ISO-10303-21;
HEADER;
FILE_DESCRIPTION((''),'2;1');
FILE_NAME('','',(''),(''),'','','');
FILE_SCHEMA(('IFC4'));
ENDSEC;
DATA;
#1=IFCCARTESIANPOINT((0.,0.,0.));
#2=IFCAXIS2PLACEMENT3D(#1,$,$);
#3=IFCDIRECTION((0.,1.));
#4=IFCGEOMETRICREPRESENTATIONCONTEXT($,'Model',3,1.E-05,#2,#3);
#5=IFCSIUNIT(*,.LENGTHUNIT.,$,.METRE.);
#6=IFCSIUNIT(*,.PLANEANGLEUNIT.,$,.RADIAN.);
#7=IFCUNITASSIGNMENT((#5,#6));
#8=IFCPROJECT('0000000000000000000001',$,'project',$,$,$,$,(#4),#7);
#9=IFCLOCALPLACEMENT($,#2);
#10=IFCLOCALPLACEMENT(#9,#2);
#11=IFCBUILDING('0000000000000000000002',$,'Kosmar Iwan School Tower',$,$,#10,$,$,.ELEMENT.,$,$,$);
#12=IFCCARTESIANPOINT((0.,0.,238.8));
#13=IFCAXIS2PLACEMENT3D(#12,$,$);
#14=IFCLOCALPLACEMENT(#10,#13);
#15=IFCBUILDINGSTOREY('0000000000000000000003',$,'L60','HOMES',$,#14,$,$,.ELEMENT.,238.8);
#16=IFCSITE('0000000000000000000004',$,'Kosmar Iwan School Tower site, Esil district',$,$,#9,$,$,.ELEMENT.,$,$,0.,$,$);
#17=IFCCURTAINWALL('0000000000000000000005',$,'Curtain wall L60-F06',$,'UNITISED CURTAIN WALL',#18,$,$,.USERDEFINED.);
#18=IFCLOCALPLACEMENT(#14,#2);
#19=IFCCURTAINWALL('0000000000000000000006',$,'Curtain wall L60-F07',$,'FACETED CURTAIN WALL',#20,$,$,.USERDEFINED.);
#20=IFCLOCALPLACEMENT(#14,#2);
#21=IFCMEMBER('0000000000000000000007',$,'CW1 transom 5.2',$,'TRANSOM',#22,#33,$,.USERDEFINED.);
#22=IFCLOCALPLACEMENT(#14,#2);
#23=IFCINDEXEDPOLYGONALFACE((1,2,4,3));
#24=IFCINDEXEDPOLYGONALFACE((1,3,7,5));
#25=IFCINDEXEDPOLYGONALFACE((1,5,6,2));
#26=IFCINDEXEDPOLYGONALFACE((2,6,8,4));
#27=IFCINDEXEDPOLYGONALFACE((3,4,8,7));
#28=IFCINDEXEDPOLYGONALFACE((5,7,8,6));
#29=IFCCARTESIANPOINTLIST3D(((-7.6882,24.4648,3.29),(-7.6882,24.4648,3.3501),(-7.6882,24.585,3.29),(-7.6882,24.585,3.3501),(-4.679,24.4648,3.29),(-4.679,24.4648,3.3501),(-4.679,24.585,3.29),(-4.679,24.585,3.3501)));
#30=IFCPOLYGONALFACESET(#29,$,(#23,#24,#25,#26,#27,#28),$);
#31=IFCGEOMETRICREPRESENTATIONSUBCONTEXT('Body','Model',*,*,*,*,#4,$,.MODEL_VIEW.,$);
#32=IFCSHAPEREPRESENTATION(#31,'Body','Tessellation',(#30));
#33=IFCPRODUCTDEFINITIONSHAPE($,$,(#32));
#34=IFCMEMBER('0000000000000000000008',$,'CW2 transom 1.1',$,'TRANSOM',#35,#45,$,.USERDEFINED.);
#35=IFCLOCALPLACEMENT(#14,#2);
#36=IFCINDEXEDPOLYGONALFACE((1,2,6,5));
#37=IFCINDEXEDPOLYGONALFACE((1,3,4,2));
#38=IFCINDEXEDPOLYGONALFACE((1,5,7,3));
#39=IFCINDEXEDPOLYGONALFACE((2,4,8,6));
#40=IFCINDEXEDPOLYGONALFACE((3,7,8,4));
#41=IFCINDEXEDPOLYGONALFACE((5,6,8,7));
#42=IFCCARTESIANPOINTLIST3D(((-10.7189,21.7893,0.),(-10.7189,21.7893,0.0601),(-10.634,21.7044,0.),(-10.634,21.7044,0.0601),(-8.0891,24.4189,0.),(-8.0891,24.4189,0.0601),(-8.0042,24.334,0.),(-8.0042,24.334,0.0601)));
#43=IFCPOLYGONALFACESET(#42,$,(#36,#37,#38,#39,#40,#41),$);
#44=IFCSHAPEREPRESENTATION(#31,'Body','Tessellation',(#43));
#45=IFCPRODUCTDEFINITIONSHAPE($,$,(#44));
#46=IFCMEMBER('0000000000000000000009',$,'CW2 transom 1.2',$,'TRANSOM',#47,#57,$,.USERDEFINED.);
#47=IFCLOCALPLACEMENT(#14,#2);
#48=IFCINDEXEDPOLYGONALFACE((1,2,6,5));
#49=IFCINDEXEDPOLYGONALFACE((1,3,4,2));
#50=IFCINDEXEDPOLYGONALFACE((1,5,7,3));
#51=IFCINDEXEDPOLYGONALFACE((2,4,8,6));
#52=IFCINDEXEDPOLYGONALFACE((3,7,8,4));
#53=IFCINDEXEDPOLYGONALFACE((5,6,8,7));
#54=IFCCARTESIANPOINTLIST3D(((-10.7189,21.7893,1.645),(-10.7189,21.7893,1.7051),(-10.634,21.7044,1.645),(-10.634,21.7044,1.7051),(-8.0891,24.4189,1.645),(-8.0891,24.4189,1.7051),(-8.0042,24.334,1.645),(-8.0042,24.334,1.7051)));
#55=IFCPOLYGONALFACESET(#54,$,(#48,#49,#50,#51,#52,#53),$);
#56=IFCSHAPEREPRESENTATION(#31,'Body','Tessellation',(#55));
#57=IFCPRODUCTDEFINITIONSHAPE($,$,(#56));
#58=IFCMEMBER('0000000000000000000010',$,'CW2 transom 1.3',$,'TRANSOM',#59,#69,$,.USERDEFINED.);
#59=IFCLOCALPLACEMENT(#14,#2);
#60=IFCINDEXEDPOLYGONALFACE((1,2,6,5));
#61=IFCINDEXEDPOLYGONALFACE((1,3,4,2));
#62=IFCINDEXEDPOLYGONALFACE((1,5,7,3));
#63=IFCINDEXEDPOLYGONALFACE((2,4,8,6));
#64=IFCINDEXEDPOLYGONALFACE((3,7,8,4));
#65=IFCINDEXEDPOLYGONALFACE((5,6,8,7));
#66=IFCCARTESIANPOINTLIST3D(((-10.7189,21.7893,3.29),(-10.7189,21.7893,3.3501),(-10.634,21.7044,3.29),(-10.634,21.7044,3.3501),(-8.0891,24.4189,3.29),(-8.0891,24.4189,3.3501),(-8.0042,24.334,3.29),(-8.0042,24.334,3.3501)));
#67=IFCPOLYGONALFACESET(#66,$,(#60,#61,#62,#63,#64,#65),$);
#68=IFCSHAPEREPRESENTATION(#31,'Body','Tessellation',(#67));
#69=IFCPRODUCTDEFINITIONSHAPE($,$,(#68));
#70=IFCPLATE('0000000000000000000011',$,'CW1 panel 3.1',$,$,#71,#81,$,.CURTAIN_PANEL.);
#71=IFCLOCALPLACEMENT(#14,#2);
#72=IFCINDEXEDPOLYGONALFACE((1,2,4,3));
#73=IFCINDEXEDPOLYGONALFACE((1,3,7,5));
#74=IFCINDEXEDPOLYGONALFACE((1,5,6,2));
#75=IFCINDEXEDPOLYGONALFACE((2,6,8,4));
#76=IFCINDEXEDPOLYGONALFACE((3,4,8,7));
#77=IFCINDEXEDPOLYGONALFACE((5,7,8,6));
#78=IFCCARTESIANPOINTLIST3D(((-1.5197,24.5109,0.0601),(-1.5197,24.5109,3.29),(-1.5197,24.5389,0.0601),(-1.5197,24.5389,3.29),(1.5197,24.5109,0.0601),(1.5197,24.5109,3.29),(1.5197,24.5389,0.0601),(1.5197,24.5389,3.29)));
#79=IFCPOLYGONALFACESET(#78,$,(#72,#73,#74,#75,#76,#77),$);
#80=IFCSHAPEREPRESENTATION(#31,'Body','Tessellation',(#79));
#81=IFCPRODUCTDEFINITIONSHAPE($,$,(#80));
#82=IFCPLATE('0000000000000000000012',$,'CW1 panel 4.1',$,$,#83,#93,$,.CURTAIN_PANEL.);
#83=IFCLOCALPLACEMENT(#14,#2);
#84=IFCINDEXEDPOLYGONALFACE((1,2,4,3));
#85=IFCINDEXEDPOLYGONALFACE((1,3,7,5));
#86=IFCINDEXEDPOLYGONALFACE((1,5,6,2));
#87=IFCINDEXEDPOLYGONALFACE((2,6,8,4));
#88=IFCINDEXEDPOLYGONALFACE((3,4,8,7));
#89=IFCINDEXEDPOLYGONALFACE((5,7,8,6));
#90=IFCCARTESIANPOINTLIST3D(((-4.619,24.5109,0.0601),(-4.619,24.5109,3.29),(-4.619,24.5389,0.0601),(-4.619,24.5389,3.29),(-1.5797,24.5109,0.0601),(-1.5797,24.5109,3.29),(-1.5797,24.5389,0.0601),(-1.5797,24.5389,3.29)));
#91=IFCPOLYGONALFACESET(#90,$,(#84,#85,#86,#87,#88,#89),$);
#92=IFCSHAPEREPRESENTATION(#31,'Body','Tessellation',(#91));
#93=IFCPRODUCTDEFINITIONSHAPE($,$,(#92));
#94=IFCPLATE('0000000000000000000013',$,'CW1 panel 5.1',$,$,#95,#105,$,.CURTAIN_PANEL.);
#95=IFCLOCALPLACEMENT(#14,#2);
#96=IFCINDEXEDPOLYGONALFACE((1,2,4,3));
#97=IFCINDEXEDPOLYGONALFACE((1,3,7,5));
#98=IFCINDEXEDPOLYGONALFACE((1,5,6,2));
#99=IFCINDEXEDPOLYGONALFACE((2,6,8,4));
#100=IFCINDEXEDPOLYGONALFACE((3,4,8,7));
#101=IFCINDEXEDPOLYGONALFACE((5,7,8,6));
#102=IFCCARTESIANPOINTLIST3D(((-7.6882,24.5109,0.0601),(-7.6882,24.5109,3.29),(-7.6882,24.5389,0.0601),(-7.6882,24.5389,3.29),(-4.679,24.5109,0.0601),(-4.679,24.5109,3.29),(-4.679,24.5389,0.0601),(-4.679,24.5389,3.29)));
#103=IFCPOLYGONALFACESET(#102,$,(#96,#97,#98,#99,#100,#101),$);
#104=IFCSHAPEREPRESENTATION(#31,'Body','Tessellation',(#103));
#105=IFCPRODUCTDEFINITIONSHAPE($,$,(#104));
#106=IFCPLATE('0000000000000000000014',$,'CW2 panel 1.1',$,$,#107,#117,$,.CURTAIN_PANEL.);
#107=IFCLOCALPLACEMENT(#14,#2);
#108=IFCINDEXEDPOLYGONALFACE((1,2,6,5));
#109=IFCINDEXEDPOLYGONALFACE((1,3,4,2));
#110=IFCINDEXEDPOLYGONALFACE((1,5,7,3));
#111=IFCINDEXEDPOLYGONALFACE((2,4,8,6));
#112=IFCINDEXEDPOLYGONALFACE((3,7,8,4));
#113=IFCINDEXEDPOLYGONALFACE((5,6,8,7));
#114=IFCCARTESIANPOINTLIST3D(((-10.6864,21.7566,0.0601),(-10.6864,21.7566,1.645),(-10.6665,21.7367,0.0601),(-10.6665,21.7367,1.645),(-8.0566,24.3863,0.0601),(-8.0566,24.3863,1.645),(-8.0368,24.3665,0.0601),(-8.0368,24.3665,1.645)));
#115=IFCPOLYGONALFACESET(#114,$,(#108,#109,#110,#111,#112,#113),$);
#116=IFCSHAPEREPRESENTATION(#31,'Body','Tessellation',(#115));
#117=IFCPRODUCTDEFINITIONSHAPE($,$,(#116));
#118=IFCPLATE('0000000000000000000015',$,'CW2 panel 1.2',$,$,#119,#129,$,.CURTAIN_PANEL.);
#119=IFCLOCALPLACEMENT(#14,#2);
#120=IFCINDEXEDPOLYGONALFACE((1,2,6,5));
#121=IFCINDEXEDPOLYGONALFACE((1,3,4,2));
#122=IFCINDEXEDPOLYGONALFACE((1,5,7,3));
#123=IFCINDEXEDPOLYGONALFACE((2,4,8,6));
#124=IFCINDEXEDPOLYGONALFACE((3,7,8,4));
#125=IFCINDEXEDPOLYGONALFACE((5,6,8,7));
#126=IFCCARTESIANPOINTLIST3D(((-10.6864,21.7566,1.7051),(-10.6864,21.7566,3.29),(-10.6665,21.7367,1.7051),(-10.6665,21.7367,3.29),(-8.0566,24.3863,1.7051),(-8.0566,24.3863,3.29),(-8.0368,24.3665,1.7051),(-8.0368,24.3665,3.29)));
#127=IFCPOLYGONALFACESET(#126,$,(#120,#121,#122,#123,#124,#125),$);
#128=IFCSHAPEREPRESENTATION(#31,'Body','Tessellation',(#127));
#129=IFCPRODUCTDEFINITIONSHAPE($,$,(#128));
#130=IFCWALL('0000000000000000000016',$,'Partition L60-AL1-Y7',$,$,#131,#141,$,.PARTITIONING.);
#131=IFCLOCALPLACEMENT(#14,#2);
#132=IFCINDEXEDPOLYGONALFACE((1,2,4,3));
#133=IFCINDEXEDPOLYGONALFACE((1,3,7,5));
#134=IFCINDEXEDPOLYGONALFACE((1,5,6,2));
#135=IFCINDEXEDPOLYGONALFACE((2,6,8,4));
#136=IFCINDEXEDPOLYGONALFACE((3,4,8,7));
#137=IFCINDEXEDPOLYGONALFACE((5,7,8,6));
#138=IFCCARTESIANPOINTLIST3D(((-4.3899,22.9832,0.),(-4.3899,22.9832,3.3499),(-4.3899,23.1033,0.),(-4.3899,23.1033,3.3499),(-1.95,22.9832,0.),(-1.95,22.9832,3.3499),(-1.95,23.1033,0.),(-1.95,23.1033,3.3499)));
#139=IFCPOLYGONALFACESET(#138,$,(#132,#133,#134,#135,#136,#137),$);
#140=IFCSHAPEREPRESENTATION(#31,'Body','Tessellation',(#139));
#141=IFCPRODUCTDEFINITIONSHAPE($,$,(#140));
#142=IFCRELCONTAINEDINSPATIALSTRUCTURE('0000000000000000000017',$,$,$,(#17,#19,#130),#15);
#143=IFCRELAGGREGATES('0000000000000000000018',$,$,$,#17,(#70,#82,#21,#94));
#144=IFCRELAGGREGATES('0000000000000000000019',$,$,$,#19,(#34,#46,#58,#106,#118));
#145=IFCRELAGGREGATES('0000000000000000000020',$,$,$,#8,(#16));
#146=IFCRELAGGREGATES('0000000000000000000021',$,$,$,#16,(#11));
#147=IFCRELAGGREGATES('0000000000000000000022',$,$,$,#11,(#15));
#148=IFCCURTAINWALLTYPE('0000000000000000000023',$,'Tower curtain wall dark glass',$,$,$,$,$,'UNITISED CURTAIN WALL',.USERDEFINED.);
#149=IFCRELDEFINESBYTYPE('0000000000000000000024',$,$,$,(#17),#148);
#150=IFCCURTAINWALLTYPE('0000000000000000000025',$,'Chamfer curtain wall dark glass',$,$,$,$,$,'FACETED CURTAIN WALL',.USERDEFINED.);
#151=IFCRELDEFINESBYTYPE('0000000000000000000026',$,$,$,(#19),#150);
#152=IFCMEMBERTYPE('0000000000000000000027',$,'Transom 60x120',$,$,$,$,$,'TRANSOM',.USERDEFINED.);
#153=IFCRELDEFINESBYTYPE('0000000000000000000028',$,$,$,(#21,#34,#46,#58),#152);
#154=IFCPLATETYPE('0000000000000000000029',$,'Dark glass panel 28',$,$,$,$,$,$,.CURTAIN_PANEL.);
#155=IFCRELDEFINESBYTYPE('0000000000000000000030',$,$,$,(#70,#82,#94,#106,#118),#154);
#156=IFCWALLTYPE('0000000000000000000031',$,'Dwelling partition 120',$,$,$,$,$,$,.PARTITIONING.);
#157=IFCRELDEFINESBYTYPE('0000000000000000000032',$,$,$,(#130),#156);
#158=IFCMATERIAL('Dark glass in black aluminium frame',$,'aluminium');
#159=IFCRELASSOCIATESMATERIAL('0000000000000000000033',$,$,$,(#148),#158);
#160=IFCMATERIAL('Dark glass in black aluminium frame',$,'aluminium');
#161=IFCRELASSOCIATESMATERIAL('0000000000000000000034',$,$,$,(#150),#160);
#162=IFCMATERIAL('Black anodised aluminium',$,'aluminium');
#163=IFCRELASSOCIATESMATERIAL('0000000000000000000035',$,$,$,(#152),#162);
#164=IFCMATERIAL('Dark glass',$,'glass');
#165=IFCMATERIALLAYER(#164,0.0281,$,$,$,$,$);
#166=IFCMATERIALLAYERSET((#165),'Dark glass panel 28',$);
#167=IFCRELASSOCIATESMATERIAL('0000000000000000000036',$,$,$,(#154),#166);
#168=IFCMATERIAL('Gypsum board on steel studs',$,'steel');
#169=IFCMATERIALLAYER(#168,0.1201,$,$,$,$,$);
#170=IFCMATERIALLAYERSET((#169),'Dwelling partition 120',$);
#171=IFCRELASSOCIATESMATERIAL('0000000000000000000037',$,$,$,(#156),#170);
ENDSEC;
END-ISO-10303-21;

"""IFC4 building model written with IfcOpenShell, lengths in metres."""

from ifc_helpers import new_model, si_unit, direction, frame, frame_2d, origin, origin_2d, place, context, subcontext, project, spatial, rectangle, extrude, material, layer, layer_set, material_profile, profile_set, type_object, element, aggregate, save


model = new_model("IFC4")

# Units and contexts
model_context = context("Model", 3, precision=1e-05, world=origin(), true_north=direction((0.0, 1.0)))
body_context = subcontext(model_context, "Body", "Model", "MODEL_VIEW")
ifc_project = project(units=[si_unit("LENGTHUNIT", "METRE"), si_unit("PLANEANGLEUNIT", "RADIAN")], contexts=[model_context])

# Site, building, storey
site_placement = place(None, origin())
site = spatial("IfcSite", under=ifc_project, at=site_placement, Name="Kosmar Iwan School Tower site, Esil district", CompositionType="ELEMENT", RefElevation=0.0)
building_placement = place(site_placement, origin())
building = spatial("IfcBuilding", under=site, at=building_placement, Name="Kosmar Iwan School Tower", CompositionType="ELEMENT")
storey_placement = place(building_placement, frame((0.0, 0.0, 238.8)))
storey = spatial("IfcBuildingStorey", under=building, at=storey_placement, Name="L60", Description="HOMES", CompositionType="ELEMENT", Elevation=238.8)

# Curtain wall
ifc_material_1 = material(Name="Dark glass in black aluminium frame", Category="aluminium")
curtain_wall_type_1 = type_object("IfcCurtainWallType", Name="Tower curtain wall dark glass", ElementType="UNITISED CURTAIN WALL", PredefinedType="USERDEFINED", material=ifc_material_1)
curtain_wall_1_placement = place(storey_placement, origin())
curtain_wall_1 = element("IfcCurtainWall", 1, at=curtain_wall_1_placement, inside=storey, type_object=curtain_wall_type_1, Name="Curtain wall L60-F06", ObjectType="UNITISED CURTAIN WALL", PredefinedType="USERDEFINED")

# Curtain wall
ifc_material_2 = material(Name="Dark glass in black aluminium frame", Category="aluminium")
curtain_wall_type_2 = type_object("IfcCurtainWallType", Name="Chamfer curtain wall dark glass", ElementType="FACETED CURTAIN WALL", PredefinedType="USERDEFINED", material=ifc_material_2)
curtain_wall_2_placement = place(storey_placement, origin())
curtain_wall_2 = element("IfcCurtainWall", 2, at=curtain_wall_2_placement, inside=storey, type_object=curtain_wall_type_2, Name="Curtain wall L60-F07", ObjectType="FACETED CURTAIN WALL", PredefinedType="USERDEFINED")

# Members
ifc_material_3 = material(Name="Black anodised aluminium", Category="aluminium")
ifc_material_profile_1 = material_profile(ifc_material_3, rectangle(XDim=0.1201, YDim=0.0601, at=origin_2d()), Name="TRANSOM 60x120")
ifc_profile_set_1 = profile_set([ifc_material_profile_1], Name="Black anodised aluminium")
member_type_1 = type_object("IfcMemberType", Name="Transom 60x120", ElementType="TRANSOM", PredefinedType="USERDEFINED", material=ifc_profile_set_1)
member_1_placement = place(storey_placement, frame((-4.679, 24.5249, 3.3201), z_axis=(-1.0, 0.0, 0.0), x_axis=(0.0, -1.0, 0.0)))
member_1 = element("IfcMember", 3, at=member_1_placement, type_object=member_type_1, Name="CW1 transom 5.2", ObjectType="TRANSOM", PredefinedType="USERDEFINED", context=body_context, shape_type="SweptSolid", body=[
    extrude(rectangle(XDim=0.1201, YDim=0.0601, at=origin_2d()), origin(), (0.0, 0.0, 1.0), 3.0093),
])
member_2_placement = place(storey_placement, frame((-8.0466, 24.3765, 0.03), z_axis=(-0.70714, -0.707074, 0.0), x_axis=(0.707074, -0.70714, 0.0)))
member_2 = element("IfcMember", 4, at=member_2_placement, type_object=member_type_1, Name="CW2 transom 1.1", ObjectType="TRANSOM", PredefinedType="USERDEFINED", context=body_context, shape_type="SweptSolid", body=[
    extrude(rectangle(XDim=0.1201, YDim=0.0601, at=origin_2d()), origin(), (0.0, 0.0, 1.0), 3.719),
])
member_3_placement = place(storey_placement, frame((-8.0466, 24.3765, 1.675), z_axis=(-0.70714, -0.707074, 0.0), x_axis=(0.707074, -0.70714, 0.0)))
member_3 = element("IfcMember", 5, at=member_3_placement, type_object=member_type_1, Name="CW2 transom 1.2", ObjectType="TRANSOM", PredefinedType="USERDEFINED", context=body_context, shape_type="SweptSolid", body=[
    extrude(rectangle(XDim=0.1201, YDim=0.0601, at=origin_2d()), origin(), (0.0, 0.0, 1.0), 3.719),
])
member_4_placement = place(storey_placement, frame((-8.0466, 24.3765, 3.3201), z_axis=(-0.70714, -0.707074, 0.0), x_axis=(0.707074, -0.70714, 0.0)))
member_4 = element("IfcMember", 6, at=member_4_placement, type_object=member_type_1, Name="CW2 transom 1.3", ObjectType="TRANSOM", PredefinedType="USERDEFINED", context=body_context, shape_type="SweptSolid", body=[
    extrude(rectangle(XDim=0.1201, YDim=0.0601, at=origin_2d()), origin(), (0.0, 0.0, 1.0), 3.719),
])

# Plates
ifc_material_4 = material(Name="Dark glass", Category="glass")
ifc_layer_1 = layer(ifc_material_4, 0.0281)
ifc_layer_set_1 = layer_set([ifc_layer_1], Name="Dark glass panel 28")
plate_type = type_object("IfcPlateType", Name="Dark glass panel 28", PredefinedType="CURTAIN_PANEL", material=ifc_layer_set_1)
plate_1_placement = place(storey_placement, frame((0.0, 24.5249, 0.0601), z_axis=(0.0, 0.0, 1.0), x_axis=(-1.0, 0.0, 0.0)))
plate_1 = element("IfcPlate", 7, at=plate_1_placement, type_object=plate_type, Name="CW1 panel 3.1", PredefinedType="CURTAIN_PANEL", context=body_context, shape_type="SweptSolid", body=[
    extrude(rectangle(XDim=3.0393, YDim=0.0281, at=origin_2d()), origin(), (0.0, 0.0, 1.0), 3.23),
])
plate_2_placement = place(storey_placement, frame((-3.0994, 24.5249, 0.0601), z_axis=(0.0, 0.0, 1.0), x_axis=(-1.0, 0.0, 0.0)))
plate_2 = element("IfcPlate", 8, at=plate_2_placement, type_object=plate_type, Name="CW1 panel 4.1", PredefinedType="CURTAIN_PANEL", context=body_context, shape_type="SweptSolid", body=[
    extrude(rectangle(XDim=3.0393, YDim=0.0281, at=origin_2d()), origin(), (0.0, 0.0, 1.0), 3.23),
])
plate_3_placement = place(storey_placement, frame((-6.1836, 24.5249, 0.0601), z_axis=(0.0, 0.0, 1.0), x_axis=(-1.0, 0.0, 0.0)))
plate_3 = element("IfcPlate", 9, at=plate_3_placement, type_object=plate_type, Name="CW1 panel 5.1", PredefinedType="CURTAIN_PANEL", context=body_context, shape_type="SweptSolid", body=[
    extrude(rectangle(XDim=3.0093, YDim=0.0281, at=origin_2d()), origin(), (0.0, 0.0, 1.0), 3.23),
])
aggregate(curtain_wall_1, [plate_1, plate_2, member_1, plate_3])
plate_4_placement = place(storey_placement, frame((-9.3616, 23.0615, 0.0601), z_axis=(0.0, 0.0, 1.0), x_axis=(-0.707107, -0.707107, 0.0)))
plate_4 = element("IfcPlate", 10, at=plate_4_placement, type_object=plate_type, Name="CW2 panel 1.1", PredefinedType="CURTAIN_PANEL", context=body_context, shape_type="SweptSolid", body=[
    extrude(rectangle(XDim=3.719, YDim=0.0281, at=origin_2d()), origin(), (0.0, 0.0, 1.0), 1.585),
])
plate_5_placement = place(storey_placement, frame((-9.3616, 23.0615, 1.7051), z_axis=(0.0, 0.0, 1.0), x_axis=(-0.707107, -0.707107, 0.0)))
plate_5 = element("IfcPlate", 11, at=plate_5_placement, type_object=plate_type, Name="CW2 panel 1.2", PredefinedType="CURTAIN_PANEL", context=body_context, shape_type="SweptSolid", body=[
    extrude(rectangle(XDim=3.719, YDim=0.0281, at=origin_2d()), origin(), (0.0, 0.0, 1.0), 1.585),
])
aggregate(curtain_wall_2, [member_2, member_3, member_4, plate_4, plate_5])

# Wall
ifc_material_5 = material(Name="Gypsum board on steel studs", Category="steel")
ifc_layer_2 = layer(ifc_material_5, 0.1201)
ifc_layer_set_2 = layer_set([ifc_layer_2], Name="Dwelling partition 120")
wall_type = type_object("IfcWallType", Name="Dwelling partition 120", PredefinedType="PARTITIONING", material=ifc_layer_set_2)
wall_placement = place(storey_placement, frame((-1.95, 23.0432, 0.0), z_axis=(0.0, 0.0, 1.0), x_axis=(-1.0, 0.0, 0.0)))
element("IfcWall", 12, at=wall_placement, inside=storey, type_object=wall_type, Name="Partition L60-AL1-Y7", PredefinedType="PARTITIONING", context=body_context, shape_type="SweptSolid", body=[
    extrude(rectangle(XDim=2.4399, YDim=0.1201, at=frame_2d((1.22, 0.0))), origin(), (0.0, 0.0, 1.0), 3.3499),
])

save(model, "model.ifc")
